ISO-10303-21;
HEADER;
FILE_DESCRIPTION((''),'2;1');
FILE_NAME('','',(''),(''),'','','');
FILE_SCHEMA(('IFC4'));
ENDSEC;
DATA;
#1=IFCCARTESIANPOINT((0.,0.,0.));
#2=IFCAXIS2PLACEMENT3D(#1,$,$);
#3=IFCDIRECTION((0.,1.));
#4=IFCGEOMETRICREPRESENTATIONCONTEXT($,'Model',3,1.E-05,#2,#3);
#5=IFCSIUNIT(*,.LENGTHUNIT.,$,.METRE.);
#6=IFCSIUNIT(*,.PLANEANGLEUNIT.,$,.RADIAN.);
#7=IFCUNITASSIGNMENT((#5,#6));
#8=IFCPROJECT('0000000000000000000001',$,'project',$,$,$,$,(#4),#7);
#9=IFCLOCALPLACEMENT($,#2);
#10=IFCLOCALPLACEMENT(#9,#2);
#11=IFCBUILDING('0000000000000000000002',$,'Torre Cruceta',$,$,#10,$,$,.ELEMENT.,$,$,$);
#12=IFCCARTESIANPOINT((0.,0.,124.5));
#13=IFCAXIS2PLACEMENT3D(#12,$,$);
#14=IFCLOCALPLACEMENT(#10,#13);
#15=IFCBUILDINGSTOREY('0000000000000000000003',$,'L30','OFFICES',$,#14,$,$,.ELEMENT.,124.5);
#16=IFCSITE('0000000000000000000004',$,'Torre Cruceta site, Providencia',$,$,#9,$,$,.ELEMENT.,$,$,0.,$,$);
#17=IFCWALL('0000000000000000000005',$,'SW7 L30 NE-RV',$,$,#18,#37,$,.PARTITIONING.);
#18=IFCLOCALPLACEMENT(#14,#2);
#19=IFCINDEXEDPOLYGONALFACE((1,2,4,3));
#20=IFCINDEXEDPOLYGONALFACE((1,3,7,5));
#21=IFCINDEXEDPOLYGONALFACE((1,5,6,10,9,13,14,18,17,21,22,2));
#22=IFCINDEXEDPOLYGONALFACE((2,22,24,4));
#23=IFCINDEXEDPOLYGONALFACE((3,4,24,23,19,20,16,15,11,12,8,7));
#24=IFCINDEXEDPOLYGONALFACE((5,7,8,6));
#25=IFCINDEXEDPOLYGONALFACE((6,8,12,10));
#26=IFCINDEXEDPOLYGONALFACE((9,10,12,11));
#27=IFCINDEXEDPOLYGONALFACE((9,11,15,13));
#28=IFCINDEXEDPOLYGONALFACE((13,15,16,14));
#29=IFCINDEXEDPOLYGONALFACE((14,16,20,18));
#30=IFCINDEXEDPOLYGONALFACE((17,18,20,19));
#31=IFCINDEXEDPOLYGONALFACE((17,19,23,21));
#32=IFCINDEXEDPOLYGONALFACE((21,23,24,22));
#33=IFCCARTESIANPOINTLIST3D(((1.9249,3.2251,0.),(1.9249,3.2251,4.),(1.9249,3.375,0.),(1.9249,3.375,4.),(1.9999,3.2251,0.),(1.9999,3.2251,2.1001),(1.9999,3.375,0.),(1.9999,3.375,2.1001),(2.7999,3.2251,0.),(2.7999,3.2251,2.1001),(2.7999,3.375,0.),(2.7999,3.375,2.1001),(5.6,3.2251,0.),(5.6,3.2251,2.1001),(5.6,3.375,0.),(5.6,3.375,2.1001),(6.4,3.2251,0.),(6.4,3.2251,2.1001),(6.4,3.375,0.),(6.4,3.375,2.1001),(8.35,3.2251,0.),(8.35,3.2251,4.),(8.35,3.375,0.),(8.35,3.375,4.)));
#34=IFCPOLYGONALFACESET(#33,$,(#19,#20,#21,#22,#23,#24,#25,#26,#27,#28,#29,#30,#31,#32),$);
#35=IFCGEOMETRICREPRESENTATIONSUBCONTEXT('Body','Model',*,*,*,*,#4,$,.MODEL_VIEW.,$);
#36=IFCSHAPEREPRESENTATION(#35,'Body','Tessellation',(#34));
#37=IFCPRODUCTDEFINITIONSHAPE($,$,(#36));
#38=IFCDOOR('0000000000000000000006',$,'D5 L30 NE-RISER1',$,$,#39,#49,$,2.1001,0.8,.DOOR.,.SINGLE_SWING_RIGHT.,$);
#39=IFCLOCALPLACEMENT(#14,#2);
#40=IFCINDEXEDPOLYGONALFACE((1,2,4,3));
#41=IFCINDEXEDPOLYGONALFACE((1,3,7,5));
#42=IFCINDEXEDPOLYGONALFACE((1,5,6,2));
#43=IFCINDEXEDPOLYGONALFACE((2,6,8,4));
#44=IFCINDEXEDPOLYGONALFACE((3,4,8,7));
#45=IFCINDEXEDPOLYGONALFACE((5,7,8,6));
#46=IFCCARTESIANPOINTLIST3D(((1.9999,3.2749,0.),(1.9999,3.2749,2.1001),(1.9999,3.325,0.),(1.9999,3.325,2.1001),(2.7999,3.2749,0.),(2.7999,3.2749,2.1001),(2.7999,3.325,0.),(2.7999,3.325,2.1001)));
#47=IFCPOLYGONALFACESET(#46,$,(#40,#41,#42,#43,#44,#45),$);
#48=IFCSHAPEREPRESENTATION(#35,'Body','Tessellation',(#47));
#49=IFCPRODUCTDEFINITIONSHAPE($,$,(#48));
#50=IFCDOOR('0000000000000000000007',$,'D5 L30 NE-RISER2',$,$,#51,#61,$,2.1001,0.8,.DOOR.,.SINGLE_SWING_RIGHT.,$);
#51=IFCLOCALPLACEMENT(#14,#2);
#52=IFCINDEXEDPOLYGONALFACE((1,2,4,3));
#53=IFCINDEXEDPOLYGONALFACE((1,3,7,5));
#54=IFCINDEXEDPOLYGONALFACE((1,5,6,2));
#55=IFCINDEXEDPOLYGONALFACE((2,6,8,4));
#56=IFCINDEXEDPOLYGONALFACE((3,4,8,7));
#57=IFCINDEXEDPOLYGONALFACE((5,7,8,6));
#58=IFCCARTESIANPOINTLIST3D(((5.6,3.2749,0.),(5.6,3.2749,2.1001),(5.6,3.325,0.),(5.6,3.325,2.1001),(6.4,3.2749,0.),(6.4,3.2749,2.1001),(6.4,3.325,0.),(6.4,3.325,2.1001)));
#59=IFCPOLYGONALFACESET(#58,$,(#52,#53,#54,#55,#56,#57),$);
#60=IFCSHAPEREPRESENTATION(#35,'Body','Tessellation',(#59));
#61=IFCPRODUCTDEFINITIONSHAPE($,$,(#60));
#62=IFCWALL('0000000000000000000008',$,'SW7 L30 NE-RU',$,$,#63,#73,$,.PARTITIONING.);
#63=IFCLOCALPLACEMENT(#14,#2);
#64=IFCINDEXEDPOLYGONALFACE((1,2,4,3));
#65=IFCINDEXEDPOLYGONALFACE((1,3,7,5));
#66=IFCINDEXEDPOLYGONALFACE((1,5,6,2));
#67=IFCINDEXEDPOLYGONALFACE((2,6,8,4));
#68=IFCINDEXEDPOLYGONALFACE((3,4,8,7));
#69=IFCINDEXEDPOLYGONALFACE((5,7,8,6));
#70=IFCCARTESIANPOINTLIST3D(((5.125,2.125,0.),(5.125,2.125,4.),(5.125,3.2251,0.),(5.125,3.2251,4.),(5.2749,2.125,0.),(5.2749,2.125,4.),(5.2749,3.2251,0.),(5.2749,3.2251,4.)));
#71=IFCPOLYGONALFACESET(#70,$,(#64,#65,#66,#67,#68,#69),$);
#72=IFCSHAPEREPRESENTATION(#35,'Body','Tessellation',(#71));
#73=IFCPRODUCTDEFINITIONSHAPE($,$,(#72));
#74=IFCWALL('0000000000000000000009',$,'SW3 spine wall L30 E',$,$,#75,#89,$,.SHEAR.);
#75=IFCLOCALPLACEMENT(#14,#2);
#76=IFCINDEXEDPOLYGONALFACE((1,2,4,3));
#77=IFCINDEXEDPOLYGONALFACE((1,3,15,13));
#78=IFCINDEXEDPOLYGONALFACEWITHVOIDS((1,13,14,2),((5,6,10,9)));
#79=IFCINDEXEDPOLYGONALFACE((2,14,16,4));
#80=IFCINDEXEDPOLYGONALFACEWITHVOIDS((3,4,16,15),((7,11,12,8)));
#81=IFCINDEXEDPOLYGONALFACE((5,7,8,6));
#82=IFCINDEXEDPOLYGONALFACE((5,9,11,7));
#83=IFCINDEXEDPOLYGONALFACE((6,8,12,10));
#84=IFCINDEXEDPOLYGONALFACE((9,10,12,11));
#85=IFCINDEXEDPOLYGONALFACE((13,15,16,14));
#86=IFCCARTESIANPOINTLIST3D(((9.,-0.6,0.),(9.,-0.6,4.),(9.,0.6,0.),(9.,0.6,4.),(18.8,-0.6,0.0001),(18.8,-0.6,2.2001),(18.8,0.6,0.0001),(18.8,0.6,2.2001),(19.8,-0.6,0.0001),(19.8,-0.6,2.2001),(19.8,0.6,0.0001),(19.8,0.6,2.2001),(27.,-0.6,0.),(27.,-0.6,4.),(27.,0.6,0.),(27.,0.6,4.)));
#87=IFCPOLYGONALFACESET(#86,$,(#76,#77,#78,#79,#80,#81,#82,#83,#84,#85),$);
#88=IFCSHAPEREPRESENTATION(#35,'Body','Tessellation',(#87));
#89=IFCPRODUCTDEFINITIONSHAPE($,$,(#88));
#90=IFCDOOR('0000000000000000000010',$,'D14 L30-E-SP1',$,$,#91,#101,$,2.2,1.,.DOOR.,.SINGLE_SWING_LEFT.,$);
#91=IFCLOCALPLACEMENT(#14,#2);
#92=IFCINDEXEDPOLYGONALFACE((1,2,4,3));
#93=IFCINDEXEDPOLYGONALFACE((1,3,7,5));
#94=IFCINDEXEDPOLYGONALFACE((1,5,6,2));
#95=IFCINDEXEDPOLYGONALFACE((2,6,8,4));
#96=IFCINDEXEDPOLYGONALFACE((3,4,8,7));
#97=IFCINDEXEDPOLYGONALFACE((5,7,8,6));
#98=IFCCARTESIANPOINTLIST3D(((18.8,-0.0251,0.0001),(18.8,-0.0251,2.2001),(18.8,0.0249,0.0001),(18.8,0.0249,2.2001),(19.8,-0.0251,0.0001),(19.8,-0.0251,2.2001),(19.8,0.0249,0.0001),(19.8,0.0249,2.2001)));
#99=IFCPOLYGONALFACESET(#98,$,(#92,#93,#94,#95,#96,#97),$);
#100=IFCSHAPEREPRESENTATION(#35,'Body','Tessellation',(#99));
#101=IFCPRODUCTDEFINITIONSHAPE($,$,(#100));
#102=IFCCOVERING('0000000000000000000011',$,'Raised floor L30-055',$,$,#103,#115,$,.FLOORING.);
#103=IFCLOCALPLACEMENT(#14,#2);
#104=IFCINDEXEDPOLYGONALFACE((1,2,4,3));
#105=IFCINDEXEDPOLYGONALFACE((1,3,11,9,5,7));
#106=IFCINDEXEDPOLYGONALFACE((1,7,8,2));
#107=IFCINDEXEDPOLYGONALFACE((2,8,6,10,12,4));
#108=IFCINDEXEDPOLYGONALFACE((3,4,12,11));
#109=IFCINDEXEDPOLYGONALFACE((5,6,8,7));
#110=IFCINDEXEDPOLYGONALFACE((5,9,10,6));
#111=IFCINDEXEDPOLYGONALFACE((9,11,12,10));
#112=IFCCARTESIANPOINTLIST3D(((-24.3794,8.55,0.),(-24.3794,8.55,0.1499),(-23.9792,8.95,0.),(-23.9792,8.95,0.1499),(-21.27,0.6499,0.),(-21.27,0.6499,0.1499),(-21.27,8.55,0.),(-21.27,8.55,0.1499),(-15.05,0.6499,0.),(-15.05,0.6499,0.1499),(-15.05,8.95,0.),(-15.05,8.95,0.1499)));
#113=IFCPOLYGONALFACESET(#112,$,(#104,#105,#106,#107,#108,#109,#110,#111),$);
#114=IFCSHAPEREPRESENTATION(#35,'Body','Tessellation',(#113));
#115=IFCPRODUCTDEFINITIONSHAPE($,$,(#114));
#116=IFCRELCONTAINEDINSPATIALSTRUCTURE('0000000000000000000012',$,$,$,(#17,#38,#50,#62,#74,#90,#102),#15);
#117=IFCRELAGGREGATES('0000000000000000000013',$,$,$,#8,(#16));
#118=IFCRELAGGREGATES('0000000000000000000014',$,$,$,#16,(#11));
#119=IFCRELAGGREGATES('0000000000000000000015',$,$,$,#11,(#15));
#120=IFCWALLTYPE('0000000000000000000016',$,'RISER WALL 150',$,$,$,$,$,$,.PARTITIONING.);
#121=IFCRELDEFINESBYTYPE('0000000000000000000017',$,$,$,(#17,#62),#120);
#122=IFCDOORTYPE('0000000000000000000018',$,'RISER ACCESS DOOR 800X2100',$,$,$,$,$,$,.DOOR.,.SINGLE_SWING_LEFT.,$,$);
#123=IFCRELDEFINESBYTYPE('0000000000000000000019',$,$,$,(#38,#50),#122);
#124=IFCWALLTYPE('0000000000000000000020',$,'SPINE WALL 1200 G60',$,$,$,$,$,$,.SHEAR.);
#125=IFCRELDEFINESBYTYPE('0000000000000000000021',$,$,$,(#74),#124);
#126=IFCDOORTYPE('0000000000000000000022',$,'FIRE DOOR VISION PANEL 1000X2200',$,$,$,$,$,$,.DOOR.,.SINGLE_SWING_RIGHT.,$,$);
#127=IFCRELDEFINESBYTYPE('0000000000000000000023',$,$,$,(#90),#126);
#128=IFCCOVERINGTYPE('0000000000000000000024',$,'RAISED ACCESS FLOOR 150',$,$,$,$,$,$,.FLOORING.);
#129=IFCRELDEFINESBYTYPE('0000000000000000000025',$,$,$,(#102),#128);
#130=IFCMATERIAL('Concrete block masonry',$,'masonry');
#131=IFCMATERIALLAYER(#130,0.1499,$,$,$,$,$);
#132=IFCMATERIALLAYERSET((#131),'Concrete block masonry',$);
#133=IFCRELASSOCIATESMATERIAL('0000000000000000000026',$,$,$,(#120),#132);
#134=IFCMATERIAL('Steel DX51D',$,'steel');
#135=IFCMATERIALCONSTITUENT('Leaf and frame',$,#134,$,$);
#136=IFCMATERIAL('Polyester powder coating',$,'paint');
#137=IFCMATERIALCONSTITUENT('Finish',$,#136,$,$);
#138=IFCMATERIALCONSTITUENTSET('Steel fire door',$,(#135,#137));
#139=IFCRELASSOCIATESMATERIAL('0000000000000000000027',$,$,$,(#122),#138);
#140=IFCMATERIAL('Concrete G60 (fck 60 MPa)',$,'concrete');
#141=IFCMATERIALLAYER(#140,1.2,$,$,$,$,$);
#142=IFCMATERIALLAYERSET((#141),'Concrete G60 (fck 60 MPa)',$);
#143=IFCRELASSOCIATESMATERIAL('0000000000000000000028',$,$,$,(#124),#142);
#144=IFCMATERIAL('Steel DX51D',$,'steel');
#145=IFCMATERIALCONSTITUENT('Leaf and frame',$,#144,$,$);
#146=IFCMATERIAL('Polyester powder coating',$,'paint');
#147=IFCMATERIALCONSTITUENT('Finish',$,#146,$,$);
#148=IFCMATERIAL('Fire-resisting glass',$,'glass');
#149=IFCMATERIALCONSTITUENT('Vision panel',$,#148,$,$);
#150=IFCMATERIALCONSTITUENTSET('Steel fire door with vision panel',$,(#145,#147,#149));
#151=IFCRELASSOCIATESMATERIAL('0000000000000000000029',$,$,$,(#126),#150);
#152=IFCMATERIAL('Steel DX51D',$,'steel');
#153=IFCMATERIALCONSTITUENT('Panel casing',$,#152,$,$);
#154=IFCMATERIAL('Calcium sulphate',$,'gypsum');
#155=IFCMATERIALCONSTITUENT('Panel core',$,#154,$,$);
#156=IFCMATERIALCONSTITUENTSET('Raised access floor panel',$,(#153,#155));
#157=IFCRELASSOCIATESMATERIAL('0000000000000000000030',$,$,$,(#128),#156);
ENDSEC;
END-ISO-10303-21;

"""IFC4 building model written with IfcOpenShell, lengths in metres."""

from ifc_helpers import new_model, si_unit, direction, frame, frame_2d, origin, place, context, subcontext, project, spatial, polyline, rectangle, outline, extrude, material, layer, layer_set, constituent, constituent_set, type_object, element, fill, save


model = new_model("IFC4")

# Units and contexts
model_context = context("Model", 3, precision=1e-05, world=origin(), true_north=direction((0.0, 1.0)))
body_context = subcontext(model_context, "Body", "Model", "MODEL_VIEW")
ifc_project = project(units=[si_unit("LENGTHUNIT", "METRE"), si_unit("PLANEANGLEUNIT", "RADIAN")], contexts=[model_context])

# Site, building, storey
site_placement = place(None, origin())
site = spatial("IfcSite", under=ifc_project, at=site_placement, Name="Torre Cruceta site, Providencia", CompositionType="ELEMENT", RefElevation=0.0)
building_placement = place(site_placement, origin())
building = spatial("IfcBuilding", under=site, at=building_placement, Name="Torre Cruceta", CompositionType="ELEMENT")
storey_placement = place(building_placement, frame((0.0, 0.0, 124.5)))
storey = spatial("IfcBuildingStorey", under=building, at=storey_placement, Name="L30", Description="OFFICES", CompositionType="ELEMENT", Elevation=124.5)

# Wall, openings, doors
ifc_material_1 = material(Name="Concrete block masonry", Category="masonry")
ifc_layer_1 = layer(ifc_material_1, 0.1499)
ifc_layer_set_1 = layer_set([ifc_layer_1], Name="Concrete block masonry")
wall_type_1 = type_object("IfcWallType", Name="RISER WALL 150", PredefinedType="PARTITIONING", material=ifc_layer_set_1)
wall_1_placement = place(storey_placement, frame((1.925, 3.3, 0.0), z_axis=(0.0, 0.0, 1.0), x_axis=(1.0, 0.0, 0.0)))
wall_1 = element("IfcWall", 1, at=wall_1_placement, inside=storey, type_object=wall_type_1, Name="SW7 L30 NE-RV", PredefinedType="PARTITIONING", context=body_context, shape_type="SweptSolid", body=[
    extrude(rectangle(XDim=6.425, YDim=0.1499, at=frame_2d((3.2124, 0.0))), origin(), (0.0, 0.0, 1.0), 4.0),
])
opening_1_placement = place(wall_1_placement, frame((0.075, 0.0, 0.0)))
opening_1 = element("IfcOpeningElement", 2, at=opening_1_placement, cuts=wall_1, PredefinedType="OPENING", context=body_context, shape_type="SweptSolid", body=[
    extrude(rectangle(XDim=0.8, YDim=2.1001, at=frame_2d((0.3999, 1.05))), frame((0.0, 0.085, 0.0), z_axis=(0.0, -1.0, 0.0), x_axis=(1.0, 0.0, 0.0)), (0.0, 0.0, 1.0), 0.1699),
])
opening_2_placement = place(wall_1_placement, frame((3.675, 0.0, 0.0)))
opening_2 = element("IfcOpeningElement", 3, at=opening_2_placement, cuts=wall_1, PredefinedType="OPENING", context=body_context, shape_type="SweptSolid", body=[
    extrude(rectangle(XDim=0.8, YDim=2.1001, at=frame_2d((0.3999, 1.05))), frame((0.0, 0.085, 0.0), z_axis=(0.0, -1.0, 0.0), x_axis=(1.0, 0.0, 0.0)), (0.0, 0.0, 1.0), 0.1699),
])
ifc_material_2 = material(Name="Steel DX51D", Category="steel")
ifc_constituent_1 = constituent(ifc_material_2, Name="Leaf and frame")
ifc_material_3 = material(Name="Polyester powder coating", Category="paint")
ifc_constituent_2 = constituent(ifc_material_3, Name="Finish")
ifc_constituent_set_1 = constituent_set(constituents=[ifc_constituent_1, ifc_constituent_2], Name="Steel fire door")
door_type_1 = type_object("IfcDoorType", Name="RISER ACCESS DOOR 800X2100", OperationType="SINGLE_SWING_LEFT", PredefinedType="DOOR", material=ifc_constituent_set_1)
door_1_placement = place(opening_1_placement, frame((0.8, 0.0, 0.0), z_axis=(0.0, 0.0, 1.0), x_axis=(-1.0, 0.0, 0.0)))
door_1 = element("IfcDoor", 4, at=door_1_placement, inside=storey, type_object=door_type_1, Name="D5 L30 NE-RISER1", OperationType="SINGLE_SWING_RIGHT", OverallHeight=2.1001, OverallWidth=0.8, PredefinedType="DOOR", context=body_context, shape_type="SweptSolid", body=[
    extrude(rectangle(XDim=0.8, YDim=2.1001, at=frame_2d((0.4001, 1.05))), frame((0.0, 0.0251, 0.0), z_axis=(0.0, -1.0, 0.0), x_axis=(1.0, 0.0, 0.0)), (0.0, 0.0, 1.0), 0.05),
])
fill(opening_1, door_1)
door_2_placement = place(opening_2_placement, frame((0.8, 0.0, 0.0), z_axis=(0.0, 0.0, 1.0), x_axis=(-1.0, 0.0, 0.0)))
door_2 = element("IfcDoor", 5, at=door_2_placement, inside=storey, type_object=door_type_1, Name="D5 L30 NE-RISER2", OperationType="SINGLE_SWING_RIGHT", OverallHeight=2.1001, OverallWidth=0.8, PredefinedType="DOOR", context=body_context, shape_type="SweptSolid", body=[
    extrude(rectangle(XDim=0.8, YDim=2.1001, at=frame_2d((0.4001, 1.05))), frame((0.0, 0.0251, 0.0), z_axis=(0.0, -1.0, 0.0), x_axis=(1.0, 0.0, 0.0)), (0.0, 0.0, 1.0), 0.05),
])
fill(opening_2, door_2)

# Wall
wall_2_placement = place(storey_placement, frame((5.2, 2.125, 0.0), z_axis=(0.0, 0.0, 1.0), x_axis=(0.0, 1.0, 0.0)))
element("IfcWall", 6, at=wall_2_placement, inside=storey, type_object=wall_type_1, Name="SW7 L30 NE-RU", PredefinedType="PARTITIONING", context=body_context, shape_type="SweptSolid", body=[
    extrude(rectangle(XDim=1.1001, YDim=0.1499, at=frame_2d((0.55, 0.0))), origin(), (0.0, 0.0, 1.0), 4.0),
])

# Wall, opening, door
ifc_material_4 = material(Name="Concrete G60 (fck 60 MPa)", Category="concrete")
ifc_layer_2 = layer(ifc_material_4, 1.2)
ifc_layer_set_2 = layer_set([ifc_layer_2], Name="Concrete G60 (fck 60 MPa)")
wall_type_2 = type_object("IfcWallType", Name="SPINE WALL 1200 G60", PredefinedType="SHEAR", material=ifc_layer_set_2)
wall_3_placement = place(storey_placement, frame((9.0, 0.0, 0.0), z_axis=(0.0, 0.0, 1.0), x_axis=(1.0, 0.0, 0.0)))
wall_3 = element("IfcWall", 7, at=wall_3_placement, inside=storey, type_object=wall_type_2, Name="SW3 spine wall L30 E", PredefinedType="SHEAR", context=body_context, shape_type="SweptSolid", body=[
    extrude(rectangle(XDim=18.0, YDim=1.2, at=frame_2d((9.0, 0.0))), origin(), (0.0, 0.0, 1.0), 4.0),
])
opening_3_placement = place(wall_3_placement, frame((9.8, 0.0, 0.0)))
opening_3 = element("IfcOpeningElement", 8, at=opening_3_placement, cuts=wall_3, PredefinedType="OPENING", context=body_context, shape_type="SweptSolid", body=[
    extrude(rectangle(XDim=1.0, YDim=2.2, at=frame_2d((0.5, 1.1001))), frame((0.0, 0.6099, 0.0), z_axis=(0.0, -1.0, 0.0), x_axis=(1.0, 0.0, 0.0)), (0.0, 0.0, 1.0), 1.22),
])
ifc_material_5 = material(Name="Steel DX51D", Category="steel")
ifc_constituent_3 = constituent(ifc_material_5, Name="Leaf and frame")
ifc_material_6 = material(Name="Polyester powder coating", Category="paint")
ifc_constituent_4 = constituent(ifc_material_6, Name="Finish")
ifc_material_7 = material(Name="Fire-resisting glass", Category="glass")
ifc_constituent_5 = constituent(ifc_material_7, Name="Vision panel")
ifc_constituent_set_2 = constituent_set(constituents=[ifc_constituent_3, ifc_constituent_4, ifc_constituent_5], Name="Steel fire door with vision panel")
door_type_2 = type_object("IfcDoorType", Name="FIRE DOOR VISION PANEL 1000X2200", OperationType="SINGLE_SWING_RIGHT", PredefinedType="DOOR", material=ifc_constituent_set_2)
door_3_placement = place(opening_3_placement, frame((1.0, 0.0, 0.0), z_axis=(0.0, 0.0, 1.0), x_axis=(-1.0, 0.0, 0.0)))
door_3 = element("IfcDoor", 9, at=door_3_placement, inside=storey, type_object=door_type_2, Name="D14 L30-E-SP1", OperationType="SINGLE_SWING_LEFT", OverallHeight=2.2, OverallWidth=1.0, PredefinedType="DOOR", context=body_context, shape_type="SweptSolid", body=[
    extrude(rectangle(XDim=1.0, YDim=2.2, at=frame_2d((0.5, 1.1001))), frame((0.0, 0.0251, 0.0), z_axis=(0.0, -1.0, 0.0), x_axis=(1.0, 0.0, 0.0)), (0.0, 0.0, 1.0), 0.05),
])
fill(opening_3, door_3)

# Covering
ifc_material_8 = material(Name="Steel DX51D", Category="steel")
ifc_constituent_6 = constituent(ifc_material_8, Name="Panel casing")
ifc_material_9 = material(Name="Calcium sulphate", Category="gypsum")
ifc_constituent_7 = constituent(ifc_material_9, Name="Panel core")
ifc_constituent_set_3 = constituent_set(constituents=[ifc_constituent_6, ifc_constituent_7], Name="Raised access floor panel")
covering_type = type_object("IfcCoveringType", Name="RAISED ACCESS FLOOR 150", PredefinedType="FLOORING", material=ifc_constituent_set_3)
covering_placement = place(storey_placement, origin())
element("IfcCovering", 10, at=covering_placement, inside=storey, type_object=covering_type, Name="Raised floor L30-055", PredefinedType="FLOORING", context=body_context, shape_type="SweptSolid", body=[
    extrude(outline(polyline([(-15.05, 8.95), (-15.05, 0.6499), (-21.27, 0.6499), (-21.27, 8.55), (-24.3794, 8.55), (-23.9792, 8.95), (-15.05, 8.95)])), origin(), (0.0, 0.0, 1.0), 0.1499),
])

save(model, "model.ifc")
